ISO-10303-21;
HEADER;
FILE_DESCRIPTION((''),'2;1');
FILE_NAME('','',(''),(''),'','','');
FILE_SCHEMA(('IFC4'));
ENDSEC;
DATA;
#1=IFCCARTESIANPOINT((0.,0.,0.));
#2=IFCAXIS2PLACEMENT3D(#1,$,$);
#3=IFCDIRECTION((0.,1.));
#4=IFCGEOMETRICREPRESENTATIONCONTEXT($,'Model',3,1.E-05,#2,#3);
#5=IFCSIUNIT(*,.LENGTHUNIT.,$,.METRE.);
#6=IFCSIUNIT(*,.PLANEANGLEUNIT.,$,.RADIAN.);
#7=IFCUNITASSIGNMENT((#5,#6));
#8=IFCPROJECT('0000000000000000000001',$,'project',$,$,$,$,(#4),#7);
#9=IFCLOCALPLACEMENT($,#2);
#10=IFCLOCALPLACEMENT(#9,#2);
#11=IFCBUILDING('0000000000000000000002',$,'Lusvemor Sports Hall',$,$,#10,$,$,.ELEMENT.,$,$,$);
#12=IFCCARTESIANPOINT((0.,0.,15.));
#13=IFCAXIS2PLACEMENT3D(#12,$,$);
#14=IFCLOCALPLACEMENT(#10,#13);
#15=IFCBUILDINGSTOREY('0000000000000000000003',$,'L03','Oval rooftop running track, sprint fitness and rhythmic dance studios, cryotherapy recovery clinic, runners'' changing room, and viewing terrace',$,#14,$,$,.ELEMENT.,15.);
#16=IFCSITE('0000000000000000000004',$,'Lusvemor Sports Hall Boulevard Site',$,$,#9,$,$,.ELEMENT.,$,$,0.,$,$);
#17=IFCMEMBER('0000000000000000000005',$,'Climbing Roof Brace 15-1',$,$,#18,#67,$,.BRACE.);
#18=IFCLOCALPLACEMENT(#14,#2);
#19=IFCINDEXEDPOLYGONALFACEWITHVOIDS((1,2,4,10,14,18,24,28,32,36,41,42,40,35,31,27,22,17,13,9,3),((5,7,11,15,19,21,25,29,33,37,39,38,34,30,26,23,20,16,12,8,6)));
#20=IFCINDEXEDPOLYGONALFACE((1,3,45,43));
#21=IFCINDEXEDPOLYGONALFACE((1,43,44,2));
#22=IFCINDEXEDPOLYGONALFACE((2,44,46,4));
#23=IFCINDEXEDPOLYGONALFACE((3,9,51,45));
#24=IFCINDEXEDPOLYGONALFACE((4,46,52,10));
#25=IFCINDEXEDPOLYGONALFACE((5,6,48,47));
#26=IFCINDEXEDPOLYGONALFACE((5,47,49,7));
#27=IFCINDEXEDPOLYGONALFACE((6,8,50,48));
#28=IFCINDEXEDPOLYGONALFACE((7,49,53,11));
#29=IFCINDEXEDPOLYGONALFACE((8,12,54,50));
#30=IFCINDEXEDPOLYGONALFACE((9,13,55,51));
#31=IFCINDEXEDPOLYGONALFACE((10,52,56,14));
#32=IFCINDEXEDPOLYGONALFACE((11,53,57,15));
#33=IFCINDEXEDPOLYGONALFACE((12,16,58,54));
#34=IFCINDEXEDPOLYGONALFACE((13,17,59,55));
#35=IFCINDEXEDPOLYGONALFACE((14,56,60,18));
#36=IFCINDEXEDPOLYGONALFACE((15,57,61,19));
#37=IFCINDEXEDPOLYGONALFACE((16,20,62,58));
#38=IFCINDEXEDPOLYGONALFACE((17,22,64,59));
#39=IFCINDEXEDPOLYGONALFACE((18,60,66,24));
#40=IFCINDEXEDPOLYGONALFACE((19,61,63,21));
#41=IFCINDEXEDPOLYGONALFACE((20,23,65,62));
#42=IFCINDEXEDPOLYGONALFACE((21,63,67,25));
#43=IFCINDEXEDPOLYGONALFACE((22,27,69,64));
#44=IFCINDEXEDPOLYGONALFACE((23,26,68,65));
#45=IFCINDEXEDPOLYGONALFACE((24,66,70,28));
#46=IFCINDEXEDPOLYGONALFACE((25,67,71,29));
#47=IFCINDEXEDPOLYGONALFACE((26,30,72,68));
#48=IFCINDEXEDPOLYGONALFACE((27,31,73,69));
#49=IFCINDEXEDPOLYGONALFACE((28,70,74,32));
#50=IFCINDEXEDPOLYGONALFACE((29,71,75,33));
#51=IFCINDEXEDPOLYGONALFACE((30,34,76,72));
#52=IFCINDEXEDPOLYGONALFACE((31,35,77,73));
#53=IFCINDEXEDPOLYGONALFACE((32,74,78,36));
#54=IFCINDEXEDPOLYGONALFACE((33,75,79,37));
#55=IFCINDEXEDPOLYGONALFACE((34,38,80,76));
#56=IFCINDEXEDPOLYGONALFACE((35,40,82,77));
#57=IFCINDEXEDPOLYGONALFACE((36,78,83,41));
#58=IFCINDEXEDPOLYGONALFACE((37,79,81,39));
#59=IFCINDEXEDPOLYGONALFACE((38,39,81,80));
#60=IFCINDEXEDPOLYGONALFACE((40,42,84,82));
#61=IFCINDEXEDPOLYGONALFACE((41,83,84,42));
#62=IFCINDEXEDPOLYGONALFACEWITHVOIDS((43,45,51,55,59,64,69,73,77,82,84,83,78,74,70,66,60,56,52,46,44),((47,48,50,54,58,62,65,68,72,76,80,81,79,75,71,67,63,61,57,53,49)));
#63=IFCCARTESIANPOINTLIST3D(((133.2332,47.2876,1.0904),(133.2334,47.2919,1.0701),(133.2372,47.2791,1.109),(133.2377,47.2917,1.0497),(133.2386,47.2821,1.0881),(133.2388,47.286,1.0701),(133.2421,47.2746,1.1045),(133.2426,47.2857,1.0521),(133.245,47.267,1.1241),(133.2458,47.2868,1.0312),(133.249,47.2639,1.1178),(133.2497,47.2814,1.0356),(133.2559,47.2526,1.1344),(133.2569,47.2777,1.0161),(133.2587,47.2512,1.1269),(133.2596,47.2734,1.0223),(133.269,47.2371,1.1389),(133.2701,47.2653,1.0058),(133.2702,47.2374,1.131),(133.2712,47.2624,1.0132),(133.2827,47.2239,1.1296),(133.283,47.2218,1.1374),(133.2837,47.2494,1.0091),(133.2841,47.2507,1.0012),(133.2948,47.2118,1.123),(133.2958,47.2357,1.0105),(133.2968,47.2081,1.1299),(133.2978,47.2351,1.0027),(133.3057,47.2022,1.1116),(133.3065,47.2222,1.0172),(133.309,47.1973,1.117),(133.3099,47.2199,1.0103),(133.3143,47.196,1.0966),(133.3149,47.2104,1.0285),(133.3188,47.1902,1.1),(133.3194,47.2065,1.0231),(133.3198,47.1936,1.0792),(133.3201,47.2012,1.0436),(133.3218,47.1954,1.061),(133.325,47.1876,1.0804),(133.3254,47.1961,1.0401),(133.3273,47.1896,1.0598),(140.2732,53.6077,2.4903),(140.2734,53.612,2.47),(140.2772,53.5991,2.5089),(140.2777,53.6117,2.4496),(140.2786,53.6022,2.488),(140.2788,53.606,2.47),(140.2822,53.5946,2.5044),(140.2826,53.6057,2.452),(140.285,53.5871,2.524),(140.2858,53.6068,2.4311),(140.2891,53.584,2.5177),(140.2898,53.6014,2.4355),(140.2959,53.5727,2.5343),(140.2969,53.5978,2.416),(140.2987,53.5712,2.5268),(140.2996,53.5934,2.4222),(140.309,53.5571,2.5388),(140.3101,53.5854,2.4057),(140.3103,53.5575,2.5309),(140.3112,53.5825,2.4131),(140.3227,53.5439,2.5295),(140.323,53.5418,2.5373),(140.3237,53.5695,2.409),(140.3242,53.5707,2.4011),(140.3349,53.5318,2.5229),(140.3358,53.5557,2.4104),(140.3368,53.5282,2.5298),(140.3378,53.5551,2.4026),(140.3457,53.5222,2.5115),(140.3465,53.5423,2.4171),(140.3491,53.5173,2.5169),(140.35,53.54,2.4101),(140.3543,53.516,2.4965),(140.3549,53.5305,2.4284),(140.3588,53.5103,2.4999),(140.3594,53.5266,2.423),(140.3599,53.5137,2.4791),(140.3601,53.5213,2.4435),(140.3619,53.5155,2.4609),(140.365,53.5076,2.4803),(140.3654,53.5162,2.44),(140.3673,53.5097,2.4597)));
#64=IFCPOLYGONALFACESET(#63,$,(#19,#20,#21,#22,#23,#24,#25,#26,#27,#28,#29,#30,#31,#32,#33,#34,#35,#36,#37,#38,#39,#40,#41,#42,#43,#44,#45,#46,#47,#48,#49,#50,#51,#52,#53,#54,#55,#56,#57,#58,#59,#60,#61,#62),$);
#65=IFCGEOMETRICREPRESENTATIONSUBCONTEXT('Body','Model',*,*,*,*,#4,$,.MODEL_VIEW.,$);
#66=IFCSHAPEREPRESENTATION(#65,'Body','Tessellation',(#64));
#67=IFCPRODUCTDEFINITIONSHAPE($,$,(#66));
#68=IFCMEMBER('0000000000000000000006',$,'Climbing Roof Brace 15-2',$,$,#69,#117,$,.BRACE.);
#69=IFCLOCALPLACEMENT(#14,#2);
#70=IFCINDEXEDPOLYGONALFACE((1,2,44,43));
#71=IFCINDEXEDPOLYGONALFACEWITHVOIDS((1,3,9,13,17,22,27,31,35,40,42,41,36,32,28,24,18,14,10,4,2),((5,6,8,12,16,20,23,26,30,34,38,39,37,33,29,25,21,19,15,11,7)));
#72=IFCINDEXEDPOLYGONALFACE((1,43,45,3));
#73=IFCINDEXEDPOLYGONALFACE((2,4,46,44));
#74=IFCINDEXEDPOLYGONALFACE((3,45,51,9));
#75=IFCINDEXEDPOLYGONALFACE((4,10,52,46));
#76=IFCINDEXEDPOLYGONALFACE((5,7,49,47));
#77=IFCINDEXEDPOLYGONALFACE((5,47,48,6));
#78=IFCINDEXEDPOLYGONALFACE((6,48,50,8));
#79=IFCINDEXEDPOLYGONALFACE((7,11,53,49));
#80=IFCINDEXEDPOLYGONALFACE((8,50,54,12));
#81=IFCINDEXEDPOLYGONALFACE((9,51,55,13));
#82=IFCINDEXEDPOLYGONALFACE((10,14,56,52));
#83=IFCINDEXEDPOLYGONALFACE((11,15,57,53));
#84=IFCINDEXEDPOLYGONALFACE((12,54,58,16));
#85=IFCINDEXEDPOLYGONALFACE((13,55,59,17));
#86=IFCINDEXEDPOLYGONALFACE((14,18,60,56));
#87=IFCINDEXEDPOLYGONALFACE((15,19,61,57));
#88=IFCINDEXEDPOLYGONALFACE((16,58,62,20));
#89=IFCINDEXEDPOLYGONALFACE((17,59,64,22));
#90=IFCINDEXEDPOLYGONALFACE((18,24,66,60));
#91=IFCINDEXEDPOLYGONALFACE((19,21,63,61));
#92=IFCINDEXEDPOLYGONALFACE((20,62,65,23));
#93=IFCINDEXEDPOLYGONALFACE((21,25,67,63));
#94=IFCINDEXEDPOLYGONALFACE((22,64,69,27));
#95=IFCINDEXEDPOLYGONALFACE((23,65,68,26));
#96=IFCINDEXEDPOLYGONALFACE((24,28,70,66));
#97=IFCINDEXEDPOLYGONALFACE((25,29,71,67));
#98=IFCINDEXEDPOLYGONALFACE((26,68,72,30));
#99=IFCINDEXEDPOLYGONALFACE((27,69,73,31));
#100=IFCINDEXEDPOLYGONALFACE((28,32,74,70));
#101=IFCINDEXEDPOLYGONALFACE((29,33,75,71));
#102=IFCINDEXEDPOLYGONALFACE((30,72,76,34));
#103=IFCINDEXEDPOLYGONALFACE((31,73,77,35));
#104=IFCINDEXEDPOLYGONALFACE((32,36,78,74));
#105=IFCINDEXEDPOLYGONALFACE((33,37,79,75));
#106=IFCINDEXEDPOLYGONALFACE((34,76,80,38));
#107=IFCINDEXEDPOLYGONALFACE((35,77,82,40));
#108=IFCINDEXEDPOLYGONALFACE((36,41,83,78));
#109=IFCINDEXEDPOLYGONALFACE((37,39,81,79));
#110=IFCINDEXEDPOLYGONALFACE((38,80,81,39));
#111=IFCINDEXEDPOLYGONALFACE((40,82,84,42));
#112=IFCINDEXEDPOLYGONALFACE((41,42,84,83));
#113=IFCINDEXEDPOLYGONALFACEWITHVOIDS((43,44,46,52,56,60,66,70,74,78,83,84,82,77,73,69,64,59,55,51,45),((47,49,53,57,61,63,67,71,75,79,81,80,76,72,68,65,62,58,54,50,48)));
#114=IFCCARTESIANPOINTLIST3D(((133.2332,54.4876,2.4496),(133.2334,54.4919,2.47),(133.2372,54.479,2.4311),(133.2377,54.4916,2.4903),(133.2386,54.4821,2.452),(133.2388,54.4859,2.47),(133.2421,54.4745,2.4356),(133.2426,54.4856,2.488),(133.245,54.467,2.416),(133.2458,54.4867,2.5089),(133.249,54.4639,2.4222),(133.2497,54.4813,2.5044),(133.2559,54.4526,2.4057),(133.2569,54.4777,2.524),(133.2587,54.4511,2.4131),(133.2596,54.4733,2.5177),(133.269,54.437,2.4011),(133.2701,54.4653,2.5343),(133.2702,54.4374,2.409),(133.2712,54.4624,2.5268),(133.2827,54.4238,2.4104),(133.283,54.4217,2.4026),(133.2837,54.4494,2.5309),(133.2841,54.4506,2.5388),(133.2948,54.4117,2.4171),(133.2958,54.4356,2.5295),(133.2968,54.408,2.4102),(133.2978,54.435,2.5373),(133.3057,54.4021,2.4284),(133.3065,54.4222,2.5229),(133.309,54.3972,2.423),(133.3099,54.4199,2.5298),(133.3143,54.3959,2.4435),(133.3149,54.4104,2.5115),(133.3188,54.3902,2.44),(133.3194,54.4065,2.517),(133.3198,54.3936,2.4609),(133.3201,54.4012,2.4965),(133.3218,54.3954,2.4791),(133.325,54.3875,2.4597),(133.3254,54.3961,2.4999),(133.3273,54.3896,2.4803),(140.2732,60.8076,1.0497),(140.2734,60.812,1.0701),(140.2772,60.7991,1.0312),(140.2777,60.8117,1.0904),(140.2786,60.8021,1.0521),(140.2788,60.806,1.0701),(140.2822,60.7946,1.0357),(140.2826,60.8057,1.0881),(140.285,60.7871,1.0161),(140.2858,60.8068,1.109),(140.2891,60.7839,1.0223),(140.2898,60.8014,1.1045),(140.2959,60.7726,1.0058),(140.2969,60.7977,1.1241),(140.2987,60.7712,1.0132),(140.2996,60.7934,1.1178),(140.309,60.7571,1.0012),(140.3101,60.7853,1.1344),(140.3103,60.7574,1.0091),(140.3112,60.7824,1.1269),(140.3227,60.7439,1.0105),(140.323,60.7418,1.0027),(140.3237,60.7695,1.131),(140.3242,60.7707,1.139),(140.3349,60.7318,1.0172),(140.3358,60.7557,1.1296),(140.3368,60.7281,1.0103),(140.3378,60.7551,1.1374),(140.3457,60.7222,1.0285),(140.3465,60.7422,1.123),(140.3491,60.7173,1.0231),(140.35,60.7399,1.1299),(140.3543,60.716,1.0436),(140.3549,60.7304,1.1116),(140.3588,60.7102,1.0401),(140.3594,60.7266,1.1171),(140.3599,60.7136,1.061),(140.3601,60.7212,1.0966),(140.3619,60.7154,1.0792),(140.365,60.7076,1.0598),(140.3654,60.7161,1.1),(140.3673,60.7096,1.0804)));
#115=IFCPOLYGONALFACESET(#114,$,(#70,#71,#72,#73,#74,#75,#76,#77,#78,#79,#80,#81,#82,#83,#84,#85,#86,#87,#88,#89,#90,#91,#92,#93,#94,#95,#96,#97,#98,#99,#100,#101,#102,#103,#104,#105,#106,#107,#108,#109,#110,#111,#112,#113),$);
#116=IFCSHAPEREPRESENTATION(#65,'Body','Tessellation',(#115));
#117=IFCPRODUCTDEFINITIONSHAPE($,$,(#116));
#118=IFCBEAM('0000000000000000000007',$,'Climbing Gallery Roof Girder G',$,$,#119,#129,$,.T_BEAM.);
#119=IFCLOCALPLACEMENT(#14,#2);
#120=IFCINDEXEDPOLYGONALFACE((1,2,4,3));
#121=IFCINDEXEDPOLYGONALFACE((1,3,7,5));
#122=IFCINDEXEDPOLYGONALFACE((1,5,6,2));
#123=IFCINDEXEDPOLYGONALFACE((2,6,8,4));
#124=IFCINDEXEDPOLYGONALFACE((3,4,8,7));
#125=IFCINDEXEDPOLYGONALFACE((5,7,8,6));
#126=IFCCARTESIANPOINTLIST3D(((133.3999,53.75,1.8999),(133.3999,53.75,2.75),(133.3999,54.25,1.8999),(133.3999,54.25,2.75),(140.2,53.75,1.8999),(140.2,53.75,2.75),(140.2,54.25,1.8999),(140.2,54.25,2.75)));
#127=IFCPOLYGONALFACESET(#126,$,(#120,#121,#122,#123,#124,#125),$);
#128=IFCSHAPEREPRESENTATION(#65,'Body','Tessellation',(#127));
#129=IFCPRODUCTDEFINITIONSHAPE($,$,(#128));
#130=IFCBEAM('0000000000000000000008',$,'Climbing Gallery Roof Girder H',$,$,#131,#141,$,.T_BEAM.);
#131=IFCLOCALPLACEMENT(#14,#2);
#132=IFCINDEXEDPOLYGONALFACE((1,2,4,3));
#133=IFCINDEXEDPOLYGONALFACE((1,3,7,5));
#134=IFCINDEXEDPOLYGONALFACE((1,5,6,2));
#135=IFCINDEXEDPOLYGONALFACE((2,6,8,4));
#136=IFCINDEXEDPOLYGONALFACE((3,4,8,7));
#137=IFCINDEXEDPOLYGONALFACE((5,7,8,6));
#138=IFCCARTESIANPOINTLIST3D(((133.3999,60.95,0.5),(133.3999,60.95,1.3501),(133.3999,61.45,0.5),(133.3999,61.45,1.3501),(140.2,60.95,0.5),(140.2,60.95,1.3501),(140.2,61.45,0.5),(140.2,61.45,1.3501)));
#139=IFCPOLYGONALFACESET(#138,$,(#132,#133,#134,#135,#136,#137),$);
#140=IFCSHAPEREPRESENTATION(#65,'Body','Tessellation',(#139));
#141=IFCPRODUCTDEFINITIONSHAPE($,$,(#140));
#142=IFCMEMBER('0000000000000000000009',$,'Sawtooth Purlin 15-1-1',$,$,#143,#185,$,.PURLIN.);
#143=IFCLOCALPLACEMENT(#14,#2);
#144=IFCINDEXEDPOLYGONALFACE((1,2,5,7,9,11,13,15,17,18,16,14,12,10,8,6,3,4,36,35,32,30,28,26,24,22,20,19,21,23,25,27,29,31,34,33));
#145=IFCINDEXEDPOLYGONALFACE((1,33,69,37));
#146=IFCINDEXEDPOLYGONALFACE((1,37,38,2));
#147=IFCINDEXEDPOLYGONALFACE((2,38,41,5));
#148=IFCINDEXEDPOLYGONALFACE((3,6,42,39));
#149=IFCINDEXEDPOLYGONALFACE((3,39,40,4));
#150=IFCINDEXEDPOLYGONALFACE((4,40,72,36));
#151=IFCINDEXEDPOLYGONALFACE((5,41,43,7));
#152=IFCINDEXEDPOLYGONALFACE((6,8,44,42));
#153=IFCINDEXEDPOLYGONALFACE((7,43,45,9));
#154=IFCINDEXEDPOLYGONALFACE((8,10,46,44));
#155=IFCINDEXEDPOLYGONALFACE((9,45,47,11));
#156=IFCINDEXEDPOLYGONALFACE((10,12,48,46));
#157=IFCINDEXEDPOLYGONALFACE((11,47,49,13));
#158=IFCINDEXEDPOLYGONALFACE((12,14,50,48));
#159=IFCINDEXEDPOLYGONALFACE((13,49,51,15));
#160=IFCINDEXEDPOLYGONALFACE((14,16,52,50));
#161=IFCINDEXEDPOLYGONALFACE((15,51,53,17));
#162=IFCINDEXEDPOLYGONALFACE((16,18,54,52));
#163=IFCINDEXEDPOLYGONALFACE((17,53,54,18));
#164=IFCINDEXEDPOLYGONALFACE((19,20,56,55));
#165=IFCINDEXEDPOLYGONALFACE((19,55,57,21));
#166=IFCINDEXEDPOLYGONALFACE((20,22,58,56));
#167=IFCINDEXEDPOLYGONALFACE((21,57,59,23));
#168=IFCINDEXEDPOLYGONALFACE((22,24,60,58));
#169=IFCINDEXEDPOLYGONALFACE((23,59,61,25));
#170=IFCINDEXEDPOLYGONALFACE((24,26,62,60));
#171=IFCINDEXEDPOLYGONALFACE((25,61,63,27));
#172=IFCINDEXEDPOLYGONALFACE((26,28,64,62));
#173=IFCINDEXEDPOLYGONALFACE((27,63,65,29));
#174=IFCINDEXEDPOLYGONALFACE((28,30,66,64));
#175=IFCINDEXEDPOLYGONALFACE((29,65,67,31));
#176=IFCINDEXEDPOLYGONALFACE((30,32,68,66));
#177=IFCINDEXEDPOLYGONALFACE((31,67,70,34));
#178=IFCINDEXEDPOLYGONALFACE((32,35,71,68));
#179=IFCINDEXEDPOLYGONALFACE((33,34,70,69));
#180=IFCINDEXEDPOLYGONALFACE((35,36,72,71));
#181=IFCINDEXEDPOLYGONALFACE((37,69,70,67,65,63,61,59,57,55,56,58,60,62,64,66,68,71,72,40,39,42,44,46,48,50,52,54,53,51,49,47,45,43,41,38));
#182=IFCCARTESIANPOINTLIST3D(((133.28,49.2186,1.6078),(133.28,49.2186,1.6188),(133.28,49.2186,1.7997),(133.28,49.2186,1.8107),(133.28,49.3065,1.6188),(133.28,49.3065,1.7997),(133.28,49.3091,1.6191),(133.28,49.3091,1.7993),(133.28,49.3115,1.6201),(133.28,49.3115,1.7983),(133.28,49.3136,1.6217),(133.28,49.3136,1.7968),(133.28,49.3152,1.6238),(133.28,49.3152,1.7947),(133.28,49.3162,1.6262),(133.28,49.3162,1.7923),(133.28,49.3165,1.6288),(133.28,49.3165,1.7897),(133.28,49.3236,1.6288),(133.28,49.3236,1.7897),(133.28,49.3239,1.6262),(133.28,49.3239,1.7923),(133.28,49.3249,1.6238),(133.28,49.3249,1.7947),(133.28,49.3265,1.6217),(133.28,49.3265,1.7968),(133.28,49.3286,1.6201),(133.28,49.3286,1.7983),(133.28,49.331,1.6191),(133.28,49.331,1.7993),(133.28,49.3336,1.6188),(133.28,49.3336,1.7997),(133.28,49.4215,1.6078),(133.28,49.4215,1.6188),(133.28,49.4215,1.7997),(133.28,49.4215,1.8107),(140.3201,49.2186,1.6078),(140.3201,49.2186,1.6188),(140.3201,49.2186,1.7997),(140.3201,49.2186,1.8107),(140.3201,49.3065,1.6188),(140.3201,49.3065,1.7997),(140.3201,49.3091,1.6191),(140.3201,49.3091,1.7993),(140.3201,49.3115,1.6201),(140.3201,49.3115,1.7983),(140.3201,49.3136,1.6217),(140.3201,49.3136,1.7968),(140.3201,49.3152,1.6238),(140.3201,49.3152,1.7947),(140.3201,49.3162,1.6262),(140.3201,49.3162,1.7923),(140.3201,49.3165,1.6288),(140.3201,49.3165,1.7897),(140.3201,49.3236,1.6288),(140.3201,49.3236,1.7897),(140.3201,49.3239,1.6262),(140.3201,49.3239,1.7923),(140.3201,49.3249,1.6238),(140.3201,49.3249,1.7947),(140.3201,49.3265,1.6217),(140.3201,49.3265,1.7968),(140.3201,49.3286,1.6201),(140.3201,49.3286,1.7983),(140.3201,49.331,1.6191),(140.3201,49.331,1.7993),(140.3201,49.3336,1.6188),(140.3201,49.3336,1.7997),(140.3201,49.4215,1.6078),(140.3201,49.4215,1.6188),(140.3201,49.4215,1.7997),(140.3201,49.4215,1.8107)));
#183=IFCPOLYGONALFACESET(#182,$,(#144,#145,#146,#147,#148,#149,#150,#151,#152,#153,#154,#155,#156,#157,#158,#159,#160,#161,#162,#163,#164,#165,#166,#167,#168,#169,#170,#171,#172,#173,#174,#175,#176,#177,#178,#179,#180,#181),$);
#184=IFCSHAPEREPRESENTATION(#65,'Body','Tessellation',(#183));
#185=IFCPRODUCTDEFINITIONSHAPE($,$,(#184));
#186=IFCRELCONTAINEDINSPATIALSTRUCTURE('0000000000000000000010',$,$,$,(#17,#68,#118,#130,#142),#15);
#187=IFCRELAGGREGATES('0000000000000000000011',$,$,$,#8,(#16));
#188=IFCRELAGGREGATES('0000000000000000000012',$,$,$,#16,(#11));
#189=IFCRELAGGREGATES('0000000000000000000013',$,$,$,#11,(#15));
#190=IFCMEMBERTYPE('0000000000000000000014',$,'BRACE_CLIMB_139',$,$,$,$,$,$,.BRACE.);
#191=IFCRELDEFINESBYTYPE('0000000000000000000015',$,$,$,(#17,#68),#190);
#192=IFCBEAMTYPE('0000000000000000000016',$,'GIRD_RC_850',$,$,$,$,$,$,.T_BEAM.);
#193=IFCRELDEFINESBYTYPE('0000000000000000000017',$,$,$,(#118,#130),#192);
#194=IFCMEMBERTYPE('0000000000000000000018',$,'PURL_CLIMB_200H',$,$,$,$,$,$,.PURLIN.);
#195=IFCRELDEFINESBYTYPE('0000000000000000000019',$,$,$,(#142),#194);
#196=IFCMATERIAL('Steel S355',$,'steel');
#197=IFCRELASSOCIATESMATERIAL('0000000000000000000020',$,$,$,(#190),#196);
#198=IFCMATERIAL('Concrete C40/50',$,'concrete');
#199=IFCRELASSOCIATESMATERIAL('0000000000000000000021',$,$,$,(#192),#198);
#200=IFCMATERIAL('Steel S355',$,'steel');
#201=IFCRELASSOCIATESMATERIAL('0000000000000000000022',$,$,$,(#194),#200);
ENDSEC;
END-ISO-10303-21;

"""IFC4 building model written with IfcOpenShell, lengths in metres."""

from ifc_helpers import new_model, si_unit, direction, frame, origin, origin_2d, place, context, subcontext, project, spatial, rectangle, hollow_circle, i_section, extrude, material, material_profile, profile_set, type_object, element, save


model = new_model("IFC4")

# Units and contexts
model_context = context("Model", 3, precision=1e-05, world=origin(), true_north=direction((0.0, 1.0)))
body_context = subcontext(model_context, "Body", "Model", "MODEL_VIEW")
ifc_project = project(units=[si_unit("LENGTHUNIT", "METRE"), si_unit("PLANEANGLEUNIT", "RADIAN")], contexts=[model_context])

# Site, building, storey
site_placement = place(None, origin())
site = spatial("IfcSite", under=ifc_project, at=site_placement, Name="Lusvemor Sports Hall Boulevard Site", CompositionType="ELEMENT", RefElevation=0.0)
building_placement = place(site_placement, origin())
building = spatial("IfcBuilding", under=site, at=building_placement, Name="Lusvemor Sports Hall", CompositionType="ELEMENT")
storey_placement = place(building_placement, frame((0.0, 0.0, 15.0)))
storey = spatial("IfcBuildingStorey", under=building, at=storey_placement, Name="L03", Description="Oval rooftop running track, sprint fitness and rhythmic dance studios, cryotherapy recovery clinic, runners' changing room, and viewing terrace", CompositionType="ELEMENT", Elevation=15.0)

# Members
ifc_material_1 = material(Name="Steel S355", Category="steel")
ifc_material_profile_1 = material_profile(ifc_material_1, hollow_circle(Radius=0.0698, WallThickness=0.0081, at=origin_2d()), Name="CHS139.7x8.0")
ifc_profile_set_1 = profile_set([ifc_material_profile_1], Name="Steel S355")
member_type_1 = type_object("IfcMemberType", Name="BRACE_CLIMB_139", PredefinedType="BRACE", material=ifc_profile_set_1)
for number, where, z_axis, x_axis, name in (
    (1, (133.28, 47.24, 1.0701), (0.736118, 0.660836, 0.146376), (-0.668032, 0.744133, 0.0), "Climbing Roof Brace 15-1"),
    (2, (133.28, 54.4399, 2.47), (0.736118, 0.660836, -0.146376), (-0.668032, 0.744133, 0.0), "Climbing Roof Brace 15-2"),
):
    element("IfcMember", number, at=place(storey_placement, frame(where, z_axis=z_axis, x_axis=x_axis)), inside=storey, type_object=member_type_1, Name=name, PredefinedType="BRACE", context=body_context, shape_type="SweptSolid", body=[
        extrude(hollow_circle(Radius=0.0698, WallThickness=0.0081, at=origin_2d()), origin(), (0.0, 0.0, 1.0), 9.5637),
    ])

# Beams
ifc_material_2 = material(Name="Concrete C40/50", Category="concrete")
ifc_material_profile_2 = material_profile(ifc_material_2, rectangle(XDim=0.5, YDim=0.8501, at=origin_2d()), Name="RC500x850")
ifc_profile_set_2 = profile_set([ifc_material_profile_2], Name="Concrete C40/50")
beam_type_1 = type_object("IfcBeamType", Name="GIRD_RC_850", PredefinedType="T_BEAM", material=ifc_profile_set_2)
for number, where, z_axis, x_axis, name in (
    (3, (133.3999, 54.0, 2.325), (1.0, 0.0, 0.0), (0.0, 1.0, 0.0), "Climbing Gallery Roof Girder G"),
    (4, (133.3999, 61.2, 0.925), (1.0, 0.0, 0.0), (0.0, 1.0, 0.0), "Climbing Gallery Roof Girder H"),
):
    element("IfcBeam", number, at=place(storey_placement, frame(where, z_axis=z_axis, x_axis=x_axis)), inside=storey, type_object=beam_type_1, Name=name, PredefinedType="T_BEAM", context=body_context, shape_type="SweptSolid", body=[
        extrude(rectangle(XDim=0.5, YDim=0.8501, at=origin_2d()), origin(), (0.0, 0.0, 1.0), 6.8),
    ])

# Member
ifc_material_3 = material(Name="Steel S355", Category="steel")
ifc_material_profile_3 = material_profile(ifc_material_3, i_section(OverallWidth=0.2029, OverallDepth=0.2029, WebThickness=0.0071, FlangeThickness=0.011, FilletRadius=0.01, at=origin_2d()), Name="W200x46.1")
ifc_profile_set_3 = profile_set([ifc_material_profile_3], Name="Steel S355")
member_type_2 = type_object("IfcMemberType", Name="PURL_CLIMB_200H", PredefinedType="PURLIN", material=ifc_profile_set_3)
for number, where, z_axis, x_axis, name in (
    (5, (133.28, 49.3201, 1.7092), (1.0, 0.0, 0.0), (0.0, 1.0, 0.0), "Sawtooth Purlin 15-1-1"),
):
    element("IfcMember", number, at=place(storey_placement, frame(where, z_axis=z_axis, x_axis=x_axis)), inside=storey, type_object=member_type_2, Name=name, PredefinedType="PURLIN", context=body_context, shape_type="SweptSolid", body=[
        extrude(i_section(OverallWidth=0.2029, OverallDepth=0.2029, WebThickness=0.0071, FlangeThickness=0.011, FilletRadius=0.01, at=origin_2d()), origin(), (0.0, 0.0, 1.0), 7.04),
    ])

save(model, "model.ifc")
